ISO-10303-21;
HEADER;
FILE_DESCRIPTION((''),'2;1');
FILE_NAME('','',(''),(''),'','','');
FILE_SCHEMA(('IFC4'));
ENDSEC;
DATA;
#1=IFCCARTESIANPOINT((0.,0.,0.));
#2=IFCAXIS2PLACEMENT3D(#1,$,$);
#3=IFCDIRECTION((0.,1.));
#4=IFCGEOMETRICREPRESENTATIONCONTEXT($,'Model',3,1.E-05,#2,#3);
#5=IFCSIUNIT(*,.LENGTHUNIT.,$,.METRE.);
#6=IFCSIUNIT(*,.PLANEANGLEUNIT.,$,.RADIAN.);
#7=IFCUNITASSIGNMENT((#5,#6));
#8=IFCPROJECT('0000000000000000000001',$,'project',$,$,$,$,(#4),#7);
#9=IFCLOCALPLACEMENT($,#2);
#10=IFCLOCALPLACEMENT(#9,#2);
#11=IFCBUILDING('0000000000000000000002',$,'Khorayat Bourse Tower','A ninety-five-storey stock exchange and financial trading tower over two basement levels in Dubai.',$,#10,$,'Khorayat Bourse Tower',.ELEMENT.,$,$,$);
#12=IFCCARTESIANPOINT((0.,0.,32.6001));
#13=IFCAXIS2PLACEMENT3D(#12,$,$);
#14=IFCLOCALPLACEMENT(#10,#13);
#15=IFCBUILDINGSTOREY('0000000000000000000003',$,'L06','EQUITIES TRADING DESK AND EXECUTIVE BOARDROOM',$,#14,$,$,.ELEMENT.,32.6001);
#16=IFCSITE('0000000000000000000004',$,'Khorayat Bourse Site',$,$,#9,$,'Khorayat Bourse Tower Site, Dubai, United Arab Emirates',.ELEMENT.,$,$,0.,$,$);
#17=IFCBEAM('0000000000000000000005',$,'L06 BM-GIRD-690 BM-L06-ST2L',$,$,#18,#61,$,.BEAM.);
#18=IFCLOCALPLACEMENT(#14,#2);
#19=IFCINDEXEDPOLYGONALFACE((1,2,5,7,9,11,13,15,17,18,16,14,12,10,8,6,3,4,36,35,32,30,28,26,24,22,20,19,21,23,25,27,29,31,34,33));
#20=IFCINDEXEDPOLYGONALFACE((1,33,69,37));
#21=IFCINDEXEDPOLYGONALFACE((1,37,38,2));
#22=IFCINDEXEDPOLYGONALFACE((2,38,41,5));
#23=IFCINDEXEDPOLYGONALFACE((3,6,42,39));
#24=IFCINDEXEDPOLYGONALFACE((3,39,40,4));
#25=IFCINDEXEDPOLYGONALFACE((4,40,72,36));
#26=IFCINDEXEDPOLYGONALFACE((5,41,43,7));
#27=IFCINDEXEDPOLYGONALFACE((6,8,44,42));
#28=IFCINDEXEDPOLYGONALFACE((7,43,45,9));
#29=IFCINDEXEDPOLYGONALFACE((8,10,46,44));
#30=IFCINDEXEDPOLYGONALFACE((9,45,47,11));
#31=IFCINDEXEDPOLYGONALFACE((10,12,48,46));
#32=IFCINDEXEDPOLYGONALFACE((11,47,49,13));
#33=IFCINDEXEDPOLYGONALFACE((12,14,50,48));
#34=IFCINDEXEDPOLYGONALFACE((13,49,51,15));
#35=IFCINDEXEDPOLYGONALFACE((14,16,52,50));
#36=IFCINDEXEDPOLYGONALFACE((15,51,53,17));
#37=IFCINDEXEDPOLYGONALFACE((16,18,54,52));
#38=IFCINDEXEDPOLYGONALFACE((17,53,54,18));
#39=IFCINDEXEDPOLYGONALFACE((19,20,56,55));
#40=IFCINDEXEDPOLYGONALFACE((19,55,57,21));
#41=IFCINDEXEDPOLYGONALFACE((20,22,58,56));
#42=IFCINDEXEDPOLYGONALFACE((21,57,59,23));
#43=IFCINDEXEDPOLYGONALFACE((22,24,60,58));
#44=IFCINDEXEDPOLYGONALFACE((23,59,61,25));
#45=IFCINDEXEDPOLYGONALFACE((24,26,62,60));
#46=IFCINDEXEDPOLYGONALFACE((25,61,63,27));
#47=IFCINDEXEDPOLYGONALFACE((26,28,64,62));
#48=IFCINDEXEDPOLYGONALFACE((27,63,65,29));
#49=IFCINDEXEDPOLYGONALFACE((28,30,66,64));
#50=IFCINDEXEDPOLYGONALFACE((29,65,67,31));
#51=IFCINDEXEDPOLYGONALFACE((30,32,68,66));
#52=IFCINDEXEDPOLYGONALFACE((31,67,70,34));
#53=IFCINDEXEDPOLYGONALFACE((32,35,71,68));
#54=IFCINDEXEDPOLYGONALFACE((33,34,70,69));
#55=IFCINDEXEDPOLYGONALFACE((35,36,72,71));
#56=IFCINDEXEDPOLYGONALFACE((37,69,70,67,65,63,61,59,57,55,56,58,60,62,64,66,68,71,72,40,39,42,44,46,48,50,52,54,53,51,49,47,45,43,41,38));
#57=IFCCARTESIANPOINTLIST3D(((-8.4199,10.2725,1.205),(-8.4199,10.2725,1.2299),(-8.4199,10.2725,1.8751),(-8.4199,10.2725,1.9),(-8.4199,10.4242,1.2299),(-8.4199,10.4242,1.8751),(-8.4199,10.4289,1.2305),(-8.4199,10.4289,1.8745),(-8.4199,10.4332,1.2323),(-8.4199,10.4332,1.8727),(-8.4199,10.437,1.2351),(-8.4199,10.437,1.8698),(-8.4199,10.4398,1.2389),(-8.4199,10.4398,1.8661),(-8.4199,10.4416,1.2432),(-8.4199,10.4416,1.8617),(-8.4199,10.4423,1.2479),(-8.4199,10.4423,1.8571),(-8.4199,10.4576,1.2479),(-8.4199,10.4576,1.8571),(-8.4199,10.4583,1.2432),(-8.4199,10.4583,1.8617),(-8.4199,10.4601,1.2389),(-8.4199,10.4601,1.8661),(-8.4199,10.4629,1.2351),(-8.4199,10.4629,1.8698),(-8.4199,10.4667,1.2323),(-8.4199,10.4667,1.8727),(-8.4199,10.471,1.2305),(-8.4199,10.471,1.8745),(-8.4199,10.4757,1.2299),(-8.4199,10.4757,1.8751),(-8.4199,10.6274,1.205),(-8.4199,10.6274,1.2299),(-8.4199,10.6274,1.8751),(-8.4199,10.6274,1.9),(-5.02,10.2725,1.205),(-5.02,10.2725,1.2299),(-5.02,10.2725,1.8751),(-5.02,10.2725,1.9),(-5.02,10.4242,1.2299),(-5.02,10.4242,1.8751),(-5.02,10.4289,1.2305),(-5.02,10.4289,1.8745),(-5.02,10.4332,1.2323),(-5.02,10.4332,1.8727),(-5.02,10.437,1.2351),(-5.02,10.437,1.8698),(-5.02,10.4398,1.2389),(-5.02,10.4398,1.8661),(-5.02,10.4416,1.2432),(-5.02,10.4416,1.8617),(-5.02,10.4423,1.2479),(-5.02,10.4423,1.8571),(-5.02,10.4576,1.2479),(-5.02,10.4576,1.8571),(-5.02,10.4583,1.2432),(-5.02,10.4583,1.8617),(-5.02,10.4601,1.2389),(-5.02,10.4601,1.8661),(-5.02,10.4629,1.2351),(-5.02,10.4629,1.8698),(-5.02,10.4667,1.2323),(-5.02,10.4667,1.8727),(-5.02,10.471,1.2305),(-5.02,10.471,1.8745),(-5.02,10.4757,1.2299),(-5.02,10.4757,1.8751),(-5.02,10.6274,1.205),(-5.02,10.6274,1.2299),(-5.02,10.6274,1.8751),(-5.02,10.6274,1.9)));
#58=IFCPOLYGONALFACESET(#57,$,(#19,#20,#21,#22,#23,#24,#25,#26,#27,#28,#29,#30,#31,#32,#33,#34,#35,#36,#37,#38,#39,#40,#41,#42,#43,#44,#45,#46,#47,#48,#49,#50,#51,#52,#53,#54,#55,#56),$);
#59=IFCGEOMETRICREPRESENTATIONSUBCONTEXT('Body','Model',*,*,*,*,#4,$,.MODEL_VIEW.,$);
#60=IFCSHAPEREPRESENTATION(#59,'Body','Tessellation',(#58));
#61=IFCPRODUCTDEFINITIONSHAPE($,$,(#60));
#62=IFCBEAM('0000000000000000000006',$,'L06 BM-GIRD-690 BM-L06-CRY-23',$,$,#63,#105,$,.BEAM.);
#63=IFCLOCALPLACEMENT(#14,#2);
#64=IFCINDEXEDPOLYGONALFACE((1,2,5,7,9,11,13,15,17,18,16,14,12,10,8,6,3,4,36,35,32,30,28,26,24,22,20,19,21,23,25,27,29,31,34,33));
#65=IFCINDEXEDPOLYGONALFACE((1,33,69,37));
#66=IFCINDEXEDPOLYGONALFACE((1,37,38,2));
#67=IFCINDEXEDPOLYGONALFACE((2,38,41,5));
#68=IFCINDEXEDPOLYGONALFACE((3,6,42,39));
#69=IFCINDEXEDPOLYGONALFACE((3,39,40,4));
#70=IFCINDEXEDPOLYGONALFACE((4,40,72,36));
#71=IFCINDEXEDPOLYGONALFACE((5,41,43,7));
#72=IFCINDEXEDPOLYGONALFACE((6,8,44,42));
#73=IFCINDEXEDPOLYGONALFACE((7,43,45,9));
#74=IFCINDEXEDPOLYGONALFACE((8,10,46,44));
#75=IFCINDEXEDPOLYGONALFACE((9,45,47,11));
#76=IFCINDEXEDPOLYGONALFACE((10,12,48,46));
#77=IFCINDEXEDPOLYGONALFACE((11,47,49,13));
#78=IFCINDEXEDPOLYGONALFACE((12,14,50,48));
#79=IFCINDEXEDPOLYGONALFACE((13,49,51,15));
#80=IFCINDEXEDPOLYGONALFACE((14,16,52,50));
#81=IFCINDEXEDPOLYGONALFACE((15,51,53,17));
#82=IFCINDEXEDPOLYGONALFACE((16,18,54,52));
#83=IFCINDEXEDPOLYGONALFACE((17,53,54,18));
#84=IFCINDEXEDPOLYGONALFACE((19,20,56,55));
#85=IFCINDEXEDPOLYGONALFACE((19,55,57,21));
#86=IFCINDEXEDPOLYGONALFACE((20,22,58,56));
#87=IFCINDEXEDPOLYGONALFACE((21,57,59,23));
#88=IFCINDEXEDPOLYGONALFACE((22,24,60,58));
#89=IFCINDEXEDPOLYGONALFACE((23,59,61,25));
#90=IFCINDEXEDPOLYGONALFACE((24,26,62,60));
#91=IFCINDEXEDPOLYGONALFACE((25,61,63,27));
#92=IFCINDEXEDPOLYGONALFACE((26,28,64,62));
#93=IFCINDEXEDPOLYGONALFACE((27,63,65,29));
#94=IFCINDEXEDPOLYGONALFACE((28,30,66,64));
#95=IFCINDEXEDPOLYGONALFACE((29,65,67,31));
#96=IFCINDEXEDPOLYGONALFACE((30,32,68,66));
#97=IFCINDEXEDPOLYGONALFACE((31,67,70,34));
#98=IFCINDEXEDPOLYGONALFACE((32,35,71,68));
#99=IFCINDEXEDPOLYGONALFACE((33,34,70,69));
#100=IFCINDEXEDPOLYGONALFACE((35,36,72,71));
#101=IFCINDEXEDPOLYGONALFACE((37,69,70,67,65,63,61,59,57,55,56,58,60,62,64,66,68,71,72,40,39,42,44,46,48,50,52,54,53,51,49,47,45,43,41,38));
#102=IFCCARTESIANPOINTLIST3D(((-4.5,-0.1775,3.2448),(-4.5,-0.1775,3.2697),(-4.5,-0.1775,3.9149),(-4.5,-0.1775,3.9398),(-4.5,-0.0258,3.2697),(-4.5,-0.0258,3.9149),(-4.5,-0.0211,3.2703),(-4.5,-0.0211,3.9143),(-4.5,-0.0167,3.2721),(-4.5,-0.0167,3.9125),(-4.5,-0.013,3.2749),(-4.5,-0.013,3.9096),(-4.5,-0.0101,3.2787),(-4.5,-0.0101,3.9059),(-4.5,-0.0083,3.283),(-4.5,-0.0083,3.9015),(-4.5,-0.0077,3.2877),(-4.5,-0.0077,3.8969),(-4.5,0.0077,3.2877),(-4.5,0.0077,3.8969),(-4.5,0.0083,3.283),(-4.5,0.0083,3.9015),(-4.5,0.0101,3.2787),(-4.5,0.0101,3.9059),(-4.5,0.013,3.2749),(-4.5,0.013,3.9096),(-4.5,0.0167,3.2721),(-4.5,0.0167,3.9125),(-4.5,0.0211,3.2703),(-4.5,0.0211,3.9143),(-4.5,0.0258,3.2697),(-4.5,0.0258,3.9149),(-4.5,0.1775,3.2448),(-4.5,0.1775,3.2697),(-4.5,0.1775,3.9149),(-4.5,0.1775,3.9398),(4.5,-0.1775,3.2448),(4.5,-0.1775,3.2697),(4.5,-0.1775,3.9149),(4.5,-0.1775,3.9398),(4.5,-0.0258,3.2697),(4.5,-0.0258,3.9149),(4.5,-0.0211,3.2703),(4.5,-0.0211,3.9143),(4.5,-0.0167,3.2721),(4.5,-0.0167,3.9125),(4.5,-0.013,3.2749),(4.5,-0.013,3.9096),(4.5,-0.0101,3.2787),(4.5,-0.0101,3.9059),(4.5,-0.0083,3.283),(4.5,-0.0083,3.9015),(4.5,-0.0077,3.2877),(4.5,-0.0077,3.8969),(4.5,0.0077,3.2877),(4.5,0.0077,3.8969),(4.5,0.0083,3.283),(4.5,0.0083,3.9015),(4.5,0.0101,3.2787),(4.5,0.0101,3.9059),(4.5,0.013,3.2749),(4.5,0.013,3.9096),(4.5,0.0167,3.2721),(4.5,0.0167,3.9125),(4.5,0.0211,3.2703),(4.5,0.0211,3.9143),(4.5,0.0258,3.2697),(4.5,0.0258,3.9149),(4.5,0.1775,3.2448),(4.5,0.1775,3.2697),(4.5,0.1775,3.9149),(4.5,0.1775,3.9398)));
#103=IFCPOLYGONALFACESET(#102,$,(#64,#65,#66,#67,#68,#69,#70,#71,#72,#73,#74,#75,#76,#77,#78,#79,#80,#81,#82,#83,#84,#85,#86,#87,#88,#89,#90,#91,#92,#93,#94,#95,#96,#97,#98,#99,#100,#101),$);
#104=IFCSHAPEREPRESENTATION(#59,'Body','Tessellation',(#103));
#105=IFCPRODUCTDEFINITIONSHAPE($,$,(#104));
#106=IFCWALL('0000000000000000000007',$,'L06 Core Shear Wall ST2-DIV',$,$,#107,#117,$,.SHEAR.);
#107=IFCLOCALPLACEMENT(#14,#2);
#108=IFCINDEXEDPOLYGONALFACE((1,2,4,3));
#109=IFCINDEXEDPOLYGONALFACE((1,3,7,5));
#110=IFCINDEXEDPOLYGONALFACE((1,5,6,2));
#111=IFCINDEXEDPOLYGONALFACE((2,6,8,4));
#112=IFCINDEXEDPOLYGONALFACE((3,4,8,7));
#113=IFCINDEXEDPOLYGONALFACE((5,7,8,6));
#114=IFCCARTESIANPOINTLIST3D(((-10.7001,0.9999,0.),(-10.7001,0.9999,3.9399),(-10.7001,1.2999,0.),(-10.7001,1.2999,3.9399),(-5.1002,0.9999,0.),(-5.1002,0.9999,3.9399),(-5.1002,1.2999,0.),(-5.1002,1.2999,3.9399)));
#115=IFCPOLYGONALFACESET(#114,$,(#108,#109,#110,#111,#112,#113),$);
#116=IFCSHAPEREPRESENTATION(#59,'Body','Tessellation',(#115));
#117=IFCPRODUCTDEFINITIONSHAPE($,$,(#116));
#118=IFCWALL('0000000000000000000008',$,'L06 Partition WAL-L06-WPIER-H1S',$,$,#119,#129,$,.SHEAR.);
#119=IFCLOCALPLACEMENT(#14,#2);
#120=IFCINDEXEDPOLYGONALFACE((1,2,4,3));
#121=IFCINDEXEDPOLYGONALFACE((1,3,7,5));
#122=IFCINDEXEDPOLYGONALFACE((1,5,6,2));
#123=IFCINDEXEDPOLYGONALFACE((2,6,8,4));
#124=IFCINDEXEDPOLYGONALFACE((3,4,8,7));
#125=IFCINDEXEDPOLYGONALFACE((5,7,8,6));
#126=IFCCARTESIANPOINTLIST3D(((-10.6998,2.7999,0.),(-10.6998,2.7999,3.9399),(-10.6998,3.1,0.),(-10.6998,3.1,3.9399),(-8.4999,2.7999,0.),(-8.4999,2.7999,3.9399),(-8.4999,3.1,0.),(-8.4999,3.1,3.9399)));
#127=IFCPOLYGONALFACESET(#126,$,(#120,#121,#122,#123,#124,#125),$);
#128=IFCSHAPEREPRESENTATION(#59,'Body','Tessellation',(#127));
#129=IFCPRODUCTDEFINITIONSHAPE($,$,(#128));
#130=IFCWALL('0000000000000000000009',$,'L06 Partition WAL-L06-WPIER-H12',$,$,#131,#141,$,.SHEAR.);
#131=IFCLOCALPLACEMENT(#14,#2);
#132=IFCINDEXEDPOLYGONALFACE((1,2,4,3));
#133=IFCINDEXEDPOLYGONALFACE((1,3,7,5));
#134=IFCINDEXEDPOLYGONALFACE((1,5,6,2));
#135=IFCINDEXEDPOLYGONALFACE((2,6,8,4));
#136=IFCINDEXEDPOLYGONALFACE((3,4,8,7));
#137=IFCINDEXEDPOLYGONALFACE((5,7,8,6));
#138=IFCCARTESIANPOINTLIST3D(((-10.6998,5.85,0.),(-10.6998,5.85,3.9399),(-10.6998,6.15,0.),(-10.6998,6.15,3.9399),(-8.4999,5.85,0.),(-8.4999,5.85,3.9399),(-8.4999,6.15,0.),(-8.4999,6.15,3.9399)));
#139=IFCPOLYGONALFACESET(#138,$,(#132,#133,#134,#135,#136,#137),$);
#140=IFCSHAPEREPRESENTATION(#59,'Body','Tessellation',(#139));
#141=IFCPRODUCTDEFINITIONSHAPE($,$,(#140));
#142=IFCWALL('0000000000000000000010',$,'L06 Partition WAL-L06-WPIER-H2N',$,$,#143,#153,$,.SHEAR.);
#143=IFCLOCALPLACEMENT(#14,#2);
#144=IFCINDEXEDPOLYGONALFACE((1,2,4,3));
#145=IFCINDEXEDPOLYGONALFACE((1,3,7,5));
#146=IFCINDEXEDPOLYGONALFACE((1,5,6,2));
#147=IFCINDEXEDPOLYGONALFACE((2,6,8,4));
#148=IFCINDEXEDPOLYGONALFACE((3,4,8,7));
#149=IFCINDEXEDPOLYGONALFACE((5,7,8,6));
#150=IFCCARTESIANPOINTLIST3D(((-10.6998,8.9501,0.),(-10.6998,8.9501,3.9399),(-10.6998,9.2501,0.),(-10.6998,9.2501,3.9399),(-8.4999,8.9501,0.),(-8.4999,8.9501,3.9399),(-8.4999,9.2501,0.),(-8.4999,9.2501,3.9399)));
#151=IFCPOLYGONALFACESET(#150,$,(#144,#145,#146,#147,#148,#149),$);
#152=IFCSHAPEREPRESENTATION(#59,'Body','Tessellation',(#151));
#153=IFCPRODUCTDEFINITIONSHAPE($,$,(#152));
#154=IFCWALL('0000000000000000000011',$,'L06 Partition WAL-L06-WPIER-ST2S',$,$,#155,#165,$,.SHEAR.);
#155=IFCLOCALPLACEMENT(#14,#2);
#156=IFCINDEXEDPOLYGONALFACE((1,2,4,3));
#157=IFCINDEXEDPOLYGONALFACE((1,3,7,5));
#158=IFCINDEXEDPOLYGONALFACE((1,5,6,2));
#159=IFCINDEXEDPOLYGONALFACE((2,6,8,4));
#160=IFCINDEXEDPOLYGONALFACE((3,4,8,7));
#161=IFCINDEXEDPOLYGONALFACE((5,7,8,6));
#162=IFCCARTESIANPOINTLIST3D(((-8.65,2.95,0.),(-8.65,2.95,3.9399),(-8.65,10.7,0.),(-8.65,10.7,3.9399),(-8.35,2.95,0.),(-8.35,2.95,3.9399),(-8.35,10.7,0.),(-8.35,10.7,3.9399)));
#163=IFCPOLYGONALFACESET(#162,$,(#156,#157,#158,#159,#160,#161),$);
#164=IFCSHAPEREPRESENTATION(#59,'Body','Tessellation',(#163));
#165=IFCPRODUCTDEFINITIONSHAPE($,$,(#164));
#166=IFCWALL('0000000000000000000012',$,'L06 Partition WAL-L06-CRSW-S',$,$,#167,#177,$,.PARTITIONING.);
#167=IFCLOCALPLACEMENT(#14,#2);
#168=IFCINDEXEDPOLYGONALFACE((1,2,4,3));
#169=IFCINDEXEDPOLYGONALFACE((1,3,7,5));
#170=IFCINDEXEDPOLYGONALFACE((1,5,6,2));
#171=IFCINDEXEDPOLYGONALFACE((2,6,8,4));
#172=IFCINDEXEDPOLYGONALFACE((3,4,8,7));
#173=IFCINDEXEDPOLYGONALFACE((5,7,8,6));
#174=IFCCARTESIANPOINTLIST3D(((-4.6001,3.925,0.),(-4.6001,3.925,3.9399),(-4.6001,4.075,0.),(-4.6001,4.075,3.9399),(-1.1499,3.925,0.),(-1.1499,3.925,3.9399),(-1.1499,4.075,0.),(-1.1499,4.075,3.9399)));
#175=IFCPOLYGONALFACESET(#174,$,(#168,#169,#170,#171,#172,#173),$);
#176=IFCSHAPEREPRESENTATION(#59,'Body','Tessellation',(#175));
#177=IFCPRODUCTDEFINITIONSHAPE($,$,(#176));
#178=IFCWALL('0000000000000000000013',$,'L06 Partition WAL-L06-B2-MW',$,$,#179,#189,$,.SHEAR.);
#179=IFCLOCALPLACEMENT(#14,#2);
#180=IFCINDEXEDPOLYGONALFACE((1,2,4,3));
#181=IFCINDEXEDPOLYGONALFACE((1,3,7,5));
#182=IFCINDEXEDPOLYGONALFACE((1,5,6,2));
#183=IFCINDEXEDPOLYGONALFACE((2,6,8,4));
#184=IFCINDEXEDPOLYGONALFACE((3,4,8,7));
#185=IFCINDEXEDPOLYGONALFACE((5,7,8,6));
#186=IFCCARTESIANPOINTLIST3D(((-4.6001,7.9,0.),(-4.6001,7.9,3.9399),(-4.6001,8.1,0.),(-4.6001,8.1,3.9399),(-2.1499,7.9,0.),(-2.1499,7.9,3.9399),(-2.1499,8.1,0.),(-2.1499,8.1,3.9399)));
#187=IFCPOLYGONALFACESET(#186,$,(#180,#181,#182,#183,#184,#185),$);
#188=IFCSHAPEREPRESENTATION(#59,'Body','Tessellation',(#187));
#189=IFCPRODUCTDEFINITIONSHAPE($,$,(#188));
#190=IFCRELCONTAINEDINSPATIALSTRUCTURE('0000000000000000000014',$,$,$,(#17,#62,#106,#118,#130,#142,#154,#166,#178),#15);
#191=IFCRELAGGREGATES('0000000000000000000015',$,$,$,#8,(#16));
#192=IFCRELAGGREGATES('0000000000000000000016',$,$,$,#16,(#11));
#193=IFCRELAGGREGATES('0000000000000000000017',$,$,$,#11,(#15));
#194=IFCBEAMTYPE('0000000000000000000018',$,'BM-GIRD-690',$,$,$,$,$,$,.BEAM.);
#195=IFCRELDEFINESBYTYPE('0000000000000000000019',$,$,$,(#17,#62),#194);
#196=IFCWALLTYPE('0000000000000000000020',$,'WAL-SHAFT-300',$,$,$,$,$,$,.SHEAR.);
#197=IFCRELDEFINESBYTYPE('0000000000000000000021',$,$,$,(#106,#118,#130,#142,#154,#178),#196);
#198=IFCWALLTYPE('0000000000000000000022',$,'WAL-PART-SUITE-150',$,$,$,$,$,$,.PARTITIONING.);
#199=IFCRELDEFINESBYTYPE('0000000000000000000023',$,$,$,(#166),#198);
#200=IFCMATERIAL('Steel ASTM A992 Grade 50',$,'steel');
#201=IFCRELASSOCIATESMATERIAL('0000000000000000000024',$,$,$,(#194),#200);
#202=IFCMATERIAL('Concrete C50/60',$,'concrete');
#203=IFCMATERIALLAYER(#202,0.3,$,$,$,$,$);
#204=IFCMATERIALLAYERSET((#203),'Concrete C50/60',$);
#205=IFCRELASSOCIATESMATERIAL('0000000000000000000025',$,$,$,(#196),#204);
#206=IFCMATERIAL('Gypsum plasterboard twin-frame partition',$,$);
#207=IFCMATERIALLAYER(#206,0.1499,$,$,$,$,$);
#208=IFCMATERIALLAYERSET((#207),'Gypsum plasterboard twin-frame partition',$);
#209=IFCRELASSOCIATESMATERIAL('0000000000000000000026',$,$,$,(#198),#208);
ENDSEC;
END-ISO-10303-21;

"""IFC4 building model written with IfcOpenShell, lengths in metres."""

from ifc_helpers import new_model, si_unit, direction, frame, frame_2d, origin, origin_2d, place, context, subcontext, project, spatial, rectangle, i_section, extrude, source, transform, mapped, material, layer, layer_set, material_profile, profile_set, type_object, element, save


model = new_model("IFC4")

# Units and contexts
model_context = context("Model", 3, precision=1e-05, world=origin(), true_north=direction((0.0, 1.0)))
body_context = subcontext(model_context, "Body", "Model", "MODEL_VIEW")
ifc_project = project(units=[si_unit("LENGTHUNIT", "METRE"), si_unit("PLANEANGLEUNIT", "RADIAN")], contexts=[model_context])

# Site, building, storey
site_placement = place(None, origin())
site = spatial("IfcSite", under=ifc_project, at=site_placement, Name="Khorayat Bourse Site", LongName="Khorayat Bourse Tower Site, Dubai, United Arab Emirates", CompositionType="ELEMENT", RefElevation=0.0)
building_placement = place(site_placement, origin())
building = spatial("IfcBuilding", under=site, at=building_placement, Name="Khorayat Bourse Tower", Description="A ninety-five-storey stock exchange and financial trading tower over two basement levels in Dubai.", LongName="Khorayat Bourse Tower", CompositionType="ELEMENT")
storey_placement = place(building_placement, frame((0.0, 0.0, 32.6001)))
storey = spatial("IfcBuildingStorey", under=building, at=storey_placement, Name="L06", Description="EQUITIES TRADING DESK AND EXECUTIVE BOARDROOM", CompositionType="ELEMENT", Elevation=32.6001)

# Beams
ifc_material_1 = material(Name="Steel ASTM A992 Grade 50", Category="steel")
ifc_material_profile_1 = material_profile(ifc_material_1, i_section(OverallWidth=0.355, OverallDepth=0.6951, WebThickness=0.0154, FlangeThickness=0.0249, FilletRadius=0.0181, at=origin_2d()), Name="W690X217")
ifc_profile_set_1 = profile_set([ifc_material_profile_1], Name="Steel ASTM A992 Grade 50")
beam_type_1 = type_object("IfcBeamType", Name="BM-GIRD-690", PredefinedType="BEAM", material=ifc_profile_set_1)
shared_shape_1 = source(origin(), body_context, "Body", "SweptSolid", [
    extrude(i_section(OverallWidth=0.355, OverallDepth=0.6951, WebThickness=0.0154, FlangeThickness=0.0249, FilletRadius=0.0181, at=origin_2d()), origin(), (0.0, 0.0, 1.0), 3.3999),
])
beam_1_placement = place(storey_placement, frame((-8.4199, 10.45, 1.5525), z_axis=(1.0, 0.0, 0.0), x_axis=(0.0, 1.0, 0.0)))
element("IfcBeam", 1, at=beam_1_placement, inside=storey, type_object=beam_type_1, Name="L06 BM-GIRD-690 BM-L06-ST2L", PredefinedType="BEAM", context=body_context, shape_type="MappedRepresentation", body=[
    mapped(shared_shape_1, transform((0.0, 0.0, 0.0), scale=1.0)),
])
shared_shape_2 = source(origin(), body_context, "Body", "SweptSolid", [
    extrude(i_section(OverallWidth=0.355, OverallDepth=0.6951, WebThickness=0.0154, FlangeThickness=0.0249, FilletRadius=0.0181, at=origin_2d()), origin(), (0.0, 0.0, 1.0), 9.0),
])
beam_2_placement = place(storey_placement, frame((-4.5, 0.0, 3.5923), z_axis=(1.0, 0.0, 0.0), x_axis=(0.0, 1.0, 0.0)))
element("IfcBeam", 2, at=beam_2_placement, inside=storey, type_object=beam_type_1, Name="L06 BM-GIRD-690 BM-L06-CRY-23", PredefinedType="BEAM", context=body_context, shape_type="MappedRepresentation", body=[
    mapped(shared_shape_2, transform((0.0, 0.0, 0.0), scale=1.0)),
])

# Walls
ifc_material_2 = material(Name="Concrete C50/60", Category="concrete")
ifc_layer_1 = layer(ifc_material_2, 0.3)
ifc_layer_set_1 = layer_set([ifc_layer_1], Name="Concrete C50/60")
wall_type_1 = type_object("IfcWallType", Name="WAL-SHAFT-300", PredefinedType="SHEAR", material=ifc_layer_set_1)
shared_shape_3 = source(origin(), body_context, "Body", "SweptSolid", [
    extrude(rectangle(XDim=5.5999, YDim=0.3, at=frame_2d((2.7998, 0.0))), origin(), (0.0, 0.0, 1.0), 3.9399),
])
wall_1_placement = place(storey_placement, frame((-10.7, 1.1499, 0.0), z_axis=(0.0, 0.0, 1.0), x_axis=(1.0, 0.0, 0.0)))
element("IfcWall", 3, at=wall_1_placement, inside=storey, type_object=wall_type_1, Name="L06 Core Shear Wall ST2-DIV", PredefinedType="SHEAR", context=body_context, shape_type="MappedRepresentation", body=[
    mapped(shared_shape_3, transform((0.0, 0.0, 0.0), scale=1.0)),
])
shared_shape_4 = source(origin(), body_context, "Body", "SweptSolid", [
    extrude(rectangle(XDim=2.2, YDim=0.3, at=frame_2d((1.1001, 0.0))), origin(), (0.0, 0.0, 1.0), 3.9399),
])
for number, where, z_axis, x_axis, name in (
    (4, (-10.7, 2.95, 0.0), (0.0, 0.0, 1.0), (1.0, 0.0, 0.0), "L06 Partition WAL-L06-WPIER-H1S"),
    (5, (-10.7, 6.0, 0.0), (0.0, 0.0, 1.0), (1.0, 0.0, 0.0), "L06 Partition WAL-L06-WPIER-H12"),
    (6, (-10.7, 9.1001, 0.0), (0.0, 0.0, 1.0), (1.0, 0.0, 0.0), "L06 Partition WAL-L06-WPIER-H2N"),
):
    element("IfcWall", number, at=place(storey_placement, frame(where, z_axis=z_axis, x_axis=x_axis)), inside=storey, type_object=wall_type_1, Name=name, PredefinedType="SHEAR", context=body_context, shape_type="MappedRepresentation", body=[
        mapped(shared_shape_4, transform((0.0, 0.0, 0.0), scale=1.0)),
    ])
shared_shape_5 = source(origin(), body_context, "Body", "SweptSolid", [
    extrude(rectangle(XDim=7.75, YDim=0.3, at=frame_2d((3.875, 0.0))), origin(), (0.0, 0.0, 1.0), 3.9399),
])
wall_2_placement = place(storey_placement, frame((-8.5, 2.95, 0.0), z_axis=(0.0, 0.0, 1.0), x_axis=(0.0, 1.0, 0.0)))
element("IfcWall", 7, at=wall_2_placement, inside=storey, type_object=wall_type_1, Name="L06 Partition WAL-L06-WPIER-ST2S", PredefinedType="SHEAR", context=body_context, shape_type="MappedRepresentation", body=[
    mapped(shared_shape_5, transform((0.0, 0.0, 0.0), scale=1.0)),
])
ifc_material_3 = material(Name="Gypsum plasterboard twin-frame partition")
ifc_layer_2 = layer(ifc_material_3, 0.1499)
ifc_layer_set_2 = layer_set([ifc_layer_2], Name="Gypsum plasterboard twin-frame partition")
wall_type_2 = type_object("IfcWallType", Name="WAL-PART-SUITE-150", PredefinedType="PARTITIONING", material=ifc_layer_set_2)
shared_shape_6 = source(origin(), body_context, "Body", "SweptSolid", [
    extrude(rectangle(XDim=3.4502, YDim=0.1499, at=frame_2d((1.7251, 0.0))), origin(), (0.0, 0.0, 1.0), 3.9399),
])
wall_3_placement = place(storey_placement, frame((-4.6001, 4.0, 0.0), z_axis=(0.0, 0.0, 1.0), x_axis=(1.0, 0.0, 0.0)))
element("IfcWall", 8, at=wall_3_placement, inside=storey, type_object=wall_type_2, Name="L06 Partition WAL-L06-CRSW-S", PredefinedType="PARTITIONING", context=body_context, shape_type="MappedRepresentation", body=[
    mapped(shared_shape_6, transform((0.0, 0.0, 0.0), scale=1.0)),
])
shared_shape_7 = source(origin(), body_context, "Body", "SweptSolid", [
    extrude(rectangle(XDim=2.4502, YDim=0.2, at=frame_2d((1.2251, 0.0))), origin(), (0.0, 0.0, 1.0), 3.9399),
])
wall_4_placement = place(storey_placement, frame((-4.6001, 8.0, 0.0), z_axis=(0.0, 0.0, 1.0), x_axis=(1.0, 0.0, 0.0)))
element("IfcWall", 9, at=wall_4_placement, inside=storey, type_object=wall_type_1, Name="L06 Partition WAL-L06-B2-MW", PredefinedType="SHEAR", context=body_context, shape_type="MappedRepresentation", body=[
    mapped(shared_shape_7, transform((0.0, 0.0, 0.0), scale=1.0)),
])

save(model, "model.ifc")
